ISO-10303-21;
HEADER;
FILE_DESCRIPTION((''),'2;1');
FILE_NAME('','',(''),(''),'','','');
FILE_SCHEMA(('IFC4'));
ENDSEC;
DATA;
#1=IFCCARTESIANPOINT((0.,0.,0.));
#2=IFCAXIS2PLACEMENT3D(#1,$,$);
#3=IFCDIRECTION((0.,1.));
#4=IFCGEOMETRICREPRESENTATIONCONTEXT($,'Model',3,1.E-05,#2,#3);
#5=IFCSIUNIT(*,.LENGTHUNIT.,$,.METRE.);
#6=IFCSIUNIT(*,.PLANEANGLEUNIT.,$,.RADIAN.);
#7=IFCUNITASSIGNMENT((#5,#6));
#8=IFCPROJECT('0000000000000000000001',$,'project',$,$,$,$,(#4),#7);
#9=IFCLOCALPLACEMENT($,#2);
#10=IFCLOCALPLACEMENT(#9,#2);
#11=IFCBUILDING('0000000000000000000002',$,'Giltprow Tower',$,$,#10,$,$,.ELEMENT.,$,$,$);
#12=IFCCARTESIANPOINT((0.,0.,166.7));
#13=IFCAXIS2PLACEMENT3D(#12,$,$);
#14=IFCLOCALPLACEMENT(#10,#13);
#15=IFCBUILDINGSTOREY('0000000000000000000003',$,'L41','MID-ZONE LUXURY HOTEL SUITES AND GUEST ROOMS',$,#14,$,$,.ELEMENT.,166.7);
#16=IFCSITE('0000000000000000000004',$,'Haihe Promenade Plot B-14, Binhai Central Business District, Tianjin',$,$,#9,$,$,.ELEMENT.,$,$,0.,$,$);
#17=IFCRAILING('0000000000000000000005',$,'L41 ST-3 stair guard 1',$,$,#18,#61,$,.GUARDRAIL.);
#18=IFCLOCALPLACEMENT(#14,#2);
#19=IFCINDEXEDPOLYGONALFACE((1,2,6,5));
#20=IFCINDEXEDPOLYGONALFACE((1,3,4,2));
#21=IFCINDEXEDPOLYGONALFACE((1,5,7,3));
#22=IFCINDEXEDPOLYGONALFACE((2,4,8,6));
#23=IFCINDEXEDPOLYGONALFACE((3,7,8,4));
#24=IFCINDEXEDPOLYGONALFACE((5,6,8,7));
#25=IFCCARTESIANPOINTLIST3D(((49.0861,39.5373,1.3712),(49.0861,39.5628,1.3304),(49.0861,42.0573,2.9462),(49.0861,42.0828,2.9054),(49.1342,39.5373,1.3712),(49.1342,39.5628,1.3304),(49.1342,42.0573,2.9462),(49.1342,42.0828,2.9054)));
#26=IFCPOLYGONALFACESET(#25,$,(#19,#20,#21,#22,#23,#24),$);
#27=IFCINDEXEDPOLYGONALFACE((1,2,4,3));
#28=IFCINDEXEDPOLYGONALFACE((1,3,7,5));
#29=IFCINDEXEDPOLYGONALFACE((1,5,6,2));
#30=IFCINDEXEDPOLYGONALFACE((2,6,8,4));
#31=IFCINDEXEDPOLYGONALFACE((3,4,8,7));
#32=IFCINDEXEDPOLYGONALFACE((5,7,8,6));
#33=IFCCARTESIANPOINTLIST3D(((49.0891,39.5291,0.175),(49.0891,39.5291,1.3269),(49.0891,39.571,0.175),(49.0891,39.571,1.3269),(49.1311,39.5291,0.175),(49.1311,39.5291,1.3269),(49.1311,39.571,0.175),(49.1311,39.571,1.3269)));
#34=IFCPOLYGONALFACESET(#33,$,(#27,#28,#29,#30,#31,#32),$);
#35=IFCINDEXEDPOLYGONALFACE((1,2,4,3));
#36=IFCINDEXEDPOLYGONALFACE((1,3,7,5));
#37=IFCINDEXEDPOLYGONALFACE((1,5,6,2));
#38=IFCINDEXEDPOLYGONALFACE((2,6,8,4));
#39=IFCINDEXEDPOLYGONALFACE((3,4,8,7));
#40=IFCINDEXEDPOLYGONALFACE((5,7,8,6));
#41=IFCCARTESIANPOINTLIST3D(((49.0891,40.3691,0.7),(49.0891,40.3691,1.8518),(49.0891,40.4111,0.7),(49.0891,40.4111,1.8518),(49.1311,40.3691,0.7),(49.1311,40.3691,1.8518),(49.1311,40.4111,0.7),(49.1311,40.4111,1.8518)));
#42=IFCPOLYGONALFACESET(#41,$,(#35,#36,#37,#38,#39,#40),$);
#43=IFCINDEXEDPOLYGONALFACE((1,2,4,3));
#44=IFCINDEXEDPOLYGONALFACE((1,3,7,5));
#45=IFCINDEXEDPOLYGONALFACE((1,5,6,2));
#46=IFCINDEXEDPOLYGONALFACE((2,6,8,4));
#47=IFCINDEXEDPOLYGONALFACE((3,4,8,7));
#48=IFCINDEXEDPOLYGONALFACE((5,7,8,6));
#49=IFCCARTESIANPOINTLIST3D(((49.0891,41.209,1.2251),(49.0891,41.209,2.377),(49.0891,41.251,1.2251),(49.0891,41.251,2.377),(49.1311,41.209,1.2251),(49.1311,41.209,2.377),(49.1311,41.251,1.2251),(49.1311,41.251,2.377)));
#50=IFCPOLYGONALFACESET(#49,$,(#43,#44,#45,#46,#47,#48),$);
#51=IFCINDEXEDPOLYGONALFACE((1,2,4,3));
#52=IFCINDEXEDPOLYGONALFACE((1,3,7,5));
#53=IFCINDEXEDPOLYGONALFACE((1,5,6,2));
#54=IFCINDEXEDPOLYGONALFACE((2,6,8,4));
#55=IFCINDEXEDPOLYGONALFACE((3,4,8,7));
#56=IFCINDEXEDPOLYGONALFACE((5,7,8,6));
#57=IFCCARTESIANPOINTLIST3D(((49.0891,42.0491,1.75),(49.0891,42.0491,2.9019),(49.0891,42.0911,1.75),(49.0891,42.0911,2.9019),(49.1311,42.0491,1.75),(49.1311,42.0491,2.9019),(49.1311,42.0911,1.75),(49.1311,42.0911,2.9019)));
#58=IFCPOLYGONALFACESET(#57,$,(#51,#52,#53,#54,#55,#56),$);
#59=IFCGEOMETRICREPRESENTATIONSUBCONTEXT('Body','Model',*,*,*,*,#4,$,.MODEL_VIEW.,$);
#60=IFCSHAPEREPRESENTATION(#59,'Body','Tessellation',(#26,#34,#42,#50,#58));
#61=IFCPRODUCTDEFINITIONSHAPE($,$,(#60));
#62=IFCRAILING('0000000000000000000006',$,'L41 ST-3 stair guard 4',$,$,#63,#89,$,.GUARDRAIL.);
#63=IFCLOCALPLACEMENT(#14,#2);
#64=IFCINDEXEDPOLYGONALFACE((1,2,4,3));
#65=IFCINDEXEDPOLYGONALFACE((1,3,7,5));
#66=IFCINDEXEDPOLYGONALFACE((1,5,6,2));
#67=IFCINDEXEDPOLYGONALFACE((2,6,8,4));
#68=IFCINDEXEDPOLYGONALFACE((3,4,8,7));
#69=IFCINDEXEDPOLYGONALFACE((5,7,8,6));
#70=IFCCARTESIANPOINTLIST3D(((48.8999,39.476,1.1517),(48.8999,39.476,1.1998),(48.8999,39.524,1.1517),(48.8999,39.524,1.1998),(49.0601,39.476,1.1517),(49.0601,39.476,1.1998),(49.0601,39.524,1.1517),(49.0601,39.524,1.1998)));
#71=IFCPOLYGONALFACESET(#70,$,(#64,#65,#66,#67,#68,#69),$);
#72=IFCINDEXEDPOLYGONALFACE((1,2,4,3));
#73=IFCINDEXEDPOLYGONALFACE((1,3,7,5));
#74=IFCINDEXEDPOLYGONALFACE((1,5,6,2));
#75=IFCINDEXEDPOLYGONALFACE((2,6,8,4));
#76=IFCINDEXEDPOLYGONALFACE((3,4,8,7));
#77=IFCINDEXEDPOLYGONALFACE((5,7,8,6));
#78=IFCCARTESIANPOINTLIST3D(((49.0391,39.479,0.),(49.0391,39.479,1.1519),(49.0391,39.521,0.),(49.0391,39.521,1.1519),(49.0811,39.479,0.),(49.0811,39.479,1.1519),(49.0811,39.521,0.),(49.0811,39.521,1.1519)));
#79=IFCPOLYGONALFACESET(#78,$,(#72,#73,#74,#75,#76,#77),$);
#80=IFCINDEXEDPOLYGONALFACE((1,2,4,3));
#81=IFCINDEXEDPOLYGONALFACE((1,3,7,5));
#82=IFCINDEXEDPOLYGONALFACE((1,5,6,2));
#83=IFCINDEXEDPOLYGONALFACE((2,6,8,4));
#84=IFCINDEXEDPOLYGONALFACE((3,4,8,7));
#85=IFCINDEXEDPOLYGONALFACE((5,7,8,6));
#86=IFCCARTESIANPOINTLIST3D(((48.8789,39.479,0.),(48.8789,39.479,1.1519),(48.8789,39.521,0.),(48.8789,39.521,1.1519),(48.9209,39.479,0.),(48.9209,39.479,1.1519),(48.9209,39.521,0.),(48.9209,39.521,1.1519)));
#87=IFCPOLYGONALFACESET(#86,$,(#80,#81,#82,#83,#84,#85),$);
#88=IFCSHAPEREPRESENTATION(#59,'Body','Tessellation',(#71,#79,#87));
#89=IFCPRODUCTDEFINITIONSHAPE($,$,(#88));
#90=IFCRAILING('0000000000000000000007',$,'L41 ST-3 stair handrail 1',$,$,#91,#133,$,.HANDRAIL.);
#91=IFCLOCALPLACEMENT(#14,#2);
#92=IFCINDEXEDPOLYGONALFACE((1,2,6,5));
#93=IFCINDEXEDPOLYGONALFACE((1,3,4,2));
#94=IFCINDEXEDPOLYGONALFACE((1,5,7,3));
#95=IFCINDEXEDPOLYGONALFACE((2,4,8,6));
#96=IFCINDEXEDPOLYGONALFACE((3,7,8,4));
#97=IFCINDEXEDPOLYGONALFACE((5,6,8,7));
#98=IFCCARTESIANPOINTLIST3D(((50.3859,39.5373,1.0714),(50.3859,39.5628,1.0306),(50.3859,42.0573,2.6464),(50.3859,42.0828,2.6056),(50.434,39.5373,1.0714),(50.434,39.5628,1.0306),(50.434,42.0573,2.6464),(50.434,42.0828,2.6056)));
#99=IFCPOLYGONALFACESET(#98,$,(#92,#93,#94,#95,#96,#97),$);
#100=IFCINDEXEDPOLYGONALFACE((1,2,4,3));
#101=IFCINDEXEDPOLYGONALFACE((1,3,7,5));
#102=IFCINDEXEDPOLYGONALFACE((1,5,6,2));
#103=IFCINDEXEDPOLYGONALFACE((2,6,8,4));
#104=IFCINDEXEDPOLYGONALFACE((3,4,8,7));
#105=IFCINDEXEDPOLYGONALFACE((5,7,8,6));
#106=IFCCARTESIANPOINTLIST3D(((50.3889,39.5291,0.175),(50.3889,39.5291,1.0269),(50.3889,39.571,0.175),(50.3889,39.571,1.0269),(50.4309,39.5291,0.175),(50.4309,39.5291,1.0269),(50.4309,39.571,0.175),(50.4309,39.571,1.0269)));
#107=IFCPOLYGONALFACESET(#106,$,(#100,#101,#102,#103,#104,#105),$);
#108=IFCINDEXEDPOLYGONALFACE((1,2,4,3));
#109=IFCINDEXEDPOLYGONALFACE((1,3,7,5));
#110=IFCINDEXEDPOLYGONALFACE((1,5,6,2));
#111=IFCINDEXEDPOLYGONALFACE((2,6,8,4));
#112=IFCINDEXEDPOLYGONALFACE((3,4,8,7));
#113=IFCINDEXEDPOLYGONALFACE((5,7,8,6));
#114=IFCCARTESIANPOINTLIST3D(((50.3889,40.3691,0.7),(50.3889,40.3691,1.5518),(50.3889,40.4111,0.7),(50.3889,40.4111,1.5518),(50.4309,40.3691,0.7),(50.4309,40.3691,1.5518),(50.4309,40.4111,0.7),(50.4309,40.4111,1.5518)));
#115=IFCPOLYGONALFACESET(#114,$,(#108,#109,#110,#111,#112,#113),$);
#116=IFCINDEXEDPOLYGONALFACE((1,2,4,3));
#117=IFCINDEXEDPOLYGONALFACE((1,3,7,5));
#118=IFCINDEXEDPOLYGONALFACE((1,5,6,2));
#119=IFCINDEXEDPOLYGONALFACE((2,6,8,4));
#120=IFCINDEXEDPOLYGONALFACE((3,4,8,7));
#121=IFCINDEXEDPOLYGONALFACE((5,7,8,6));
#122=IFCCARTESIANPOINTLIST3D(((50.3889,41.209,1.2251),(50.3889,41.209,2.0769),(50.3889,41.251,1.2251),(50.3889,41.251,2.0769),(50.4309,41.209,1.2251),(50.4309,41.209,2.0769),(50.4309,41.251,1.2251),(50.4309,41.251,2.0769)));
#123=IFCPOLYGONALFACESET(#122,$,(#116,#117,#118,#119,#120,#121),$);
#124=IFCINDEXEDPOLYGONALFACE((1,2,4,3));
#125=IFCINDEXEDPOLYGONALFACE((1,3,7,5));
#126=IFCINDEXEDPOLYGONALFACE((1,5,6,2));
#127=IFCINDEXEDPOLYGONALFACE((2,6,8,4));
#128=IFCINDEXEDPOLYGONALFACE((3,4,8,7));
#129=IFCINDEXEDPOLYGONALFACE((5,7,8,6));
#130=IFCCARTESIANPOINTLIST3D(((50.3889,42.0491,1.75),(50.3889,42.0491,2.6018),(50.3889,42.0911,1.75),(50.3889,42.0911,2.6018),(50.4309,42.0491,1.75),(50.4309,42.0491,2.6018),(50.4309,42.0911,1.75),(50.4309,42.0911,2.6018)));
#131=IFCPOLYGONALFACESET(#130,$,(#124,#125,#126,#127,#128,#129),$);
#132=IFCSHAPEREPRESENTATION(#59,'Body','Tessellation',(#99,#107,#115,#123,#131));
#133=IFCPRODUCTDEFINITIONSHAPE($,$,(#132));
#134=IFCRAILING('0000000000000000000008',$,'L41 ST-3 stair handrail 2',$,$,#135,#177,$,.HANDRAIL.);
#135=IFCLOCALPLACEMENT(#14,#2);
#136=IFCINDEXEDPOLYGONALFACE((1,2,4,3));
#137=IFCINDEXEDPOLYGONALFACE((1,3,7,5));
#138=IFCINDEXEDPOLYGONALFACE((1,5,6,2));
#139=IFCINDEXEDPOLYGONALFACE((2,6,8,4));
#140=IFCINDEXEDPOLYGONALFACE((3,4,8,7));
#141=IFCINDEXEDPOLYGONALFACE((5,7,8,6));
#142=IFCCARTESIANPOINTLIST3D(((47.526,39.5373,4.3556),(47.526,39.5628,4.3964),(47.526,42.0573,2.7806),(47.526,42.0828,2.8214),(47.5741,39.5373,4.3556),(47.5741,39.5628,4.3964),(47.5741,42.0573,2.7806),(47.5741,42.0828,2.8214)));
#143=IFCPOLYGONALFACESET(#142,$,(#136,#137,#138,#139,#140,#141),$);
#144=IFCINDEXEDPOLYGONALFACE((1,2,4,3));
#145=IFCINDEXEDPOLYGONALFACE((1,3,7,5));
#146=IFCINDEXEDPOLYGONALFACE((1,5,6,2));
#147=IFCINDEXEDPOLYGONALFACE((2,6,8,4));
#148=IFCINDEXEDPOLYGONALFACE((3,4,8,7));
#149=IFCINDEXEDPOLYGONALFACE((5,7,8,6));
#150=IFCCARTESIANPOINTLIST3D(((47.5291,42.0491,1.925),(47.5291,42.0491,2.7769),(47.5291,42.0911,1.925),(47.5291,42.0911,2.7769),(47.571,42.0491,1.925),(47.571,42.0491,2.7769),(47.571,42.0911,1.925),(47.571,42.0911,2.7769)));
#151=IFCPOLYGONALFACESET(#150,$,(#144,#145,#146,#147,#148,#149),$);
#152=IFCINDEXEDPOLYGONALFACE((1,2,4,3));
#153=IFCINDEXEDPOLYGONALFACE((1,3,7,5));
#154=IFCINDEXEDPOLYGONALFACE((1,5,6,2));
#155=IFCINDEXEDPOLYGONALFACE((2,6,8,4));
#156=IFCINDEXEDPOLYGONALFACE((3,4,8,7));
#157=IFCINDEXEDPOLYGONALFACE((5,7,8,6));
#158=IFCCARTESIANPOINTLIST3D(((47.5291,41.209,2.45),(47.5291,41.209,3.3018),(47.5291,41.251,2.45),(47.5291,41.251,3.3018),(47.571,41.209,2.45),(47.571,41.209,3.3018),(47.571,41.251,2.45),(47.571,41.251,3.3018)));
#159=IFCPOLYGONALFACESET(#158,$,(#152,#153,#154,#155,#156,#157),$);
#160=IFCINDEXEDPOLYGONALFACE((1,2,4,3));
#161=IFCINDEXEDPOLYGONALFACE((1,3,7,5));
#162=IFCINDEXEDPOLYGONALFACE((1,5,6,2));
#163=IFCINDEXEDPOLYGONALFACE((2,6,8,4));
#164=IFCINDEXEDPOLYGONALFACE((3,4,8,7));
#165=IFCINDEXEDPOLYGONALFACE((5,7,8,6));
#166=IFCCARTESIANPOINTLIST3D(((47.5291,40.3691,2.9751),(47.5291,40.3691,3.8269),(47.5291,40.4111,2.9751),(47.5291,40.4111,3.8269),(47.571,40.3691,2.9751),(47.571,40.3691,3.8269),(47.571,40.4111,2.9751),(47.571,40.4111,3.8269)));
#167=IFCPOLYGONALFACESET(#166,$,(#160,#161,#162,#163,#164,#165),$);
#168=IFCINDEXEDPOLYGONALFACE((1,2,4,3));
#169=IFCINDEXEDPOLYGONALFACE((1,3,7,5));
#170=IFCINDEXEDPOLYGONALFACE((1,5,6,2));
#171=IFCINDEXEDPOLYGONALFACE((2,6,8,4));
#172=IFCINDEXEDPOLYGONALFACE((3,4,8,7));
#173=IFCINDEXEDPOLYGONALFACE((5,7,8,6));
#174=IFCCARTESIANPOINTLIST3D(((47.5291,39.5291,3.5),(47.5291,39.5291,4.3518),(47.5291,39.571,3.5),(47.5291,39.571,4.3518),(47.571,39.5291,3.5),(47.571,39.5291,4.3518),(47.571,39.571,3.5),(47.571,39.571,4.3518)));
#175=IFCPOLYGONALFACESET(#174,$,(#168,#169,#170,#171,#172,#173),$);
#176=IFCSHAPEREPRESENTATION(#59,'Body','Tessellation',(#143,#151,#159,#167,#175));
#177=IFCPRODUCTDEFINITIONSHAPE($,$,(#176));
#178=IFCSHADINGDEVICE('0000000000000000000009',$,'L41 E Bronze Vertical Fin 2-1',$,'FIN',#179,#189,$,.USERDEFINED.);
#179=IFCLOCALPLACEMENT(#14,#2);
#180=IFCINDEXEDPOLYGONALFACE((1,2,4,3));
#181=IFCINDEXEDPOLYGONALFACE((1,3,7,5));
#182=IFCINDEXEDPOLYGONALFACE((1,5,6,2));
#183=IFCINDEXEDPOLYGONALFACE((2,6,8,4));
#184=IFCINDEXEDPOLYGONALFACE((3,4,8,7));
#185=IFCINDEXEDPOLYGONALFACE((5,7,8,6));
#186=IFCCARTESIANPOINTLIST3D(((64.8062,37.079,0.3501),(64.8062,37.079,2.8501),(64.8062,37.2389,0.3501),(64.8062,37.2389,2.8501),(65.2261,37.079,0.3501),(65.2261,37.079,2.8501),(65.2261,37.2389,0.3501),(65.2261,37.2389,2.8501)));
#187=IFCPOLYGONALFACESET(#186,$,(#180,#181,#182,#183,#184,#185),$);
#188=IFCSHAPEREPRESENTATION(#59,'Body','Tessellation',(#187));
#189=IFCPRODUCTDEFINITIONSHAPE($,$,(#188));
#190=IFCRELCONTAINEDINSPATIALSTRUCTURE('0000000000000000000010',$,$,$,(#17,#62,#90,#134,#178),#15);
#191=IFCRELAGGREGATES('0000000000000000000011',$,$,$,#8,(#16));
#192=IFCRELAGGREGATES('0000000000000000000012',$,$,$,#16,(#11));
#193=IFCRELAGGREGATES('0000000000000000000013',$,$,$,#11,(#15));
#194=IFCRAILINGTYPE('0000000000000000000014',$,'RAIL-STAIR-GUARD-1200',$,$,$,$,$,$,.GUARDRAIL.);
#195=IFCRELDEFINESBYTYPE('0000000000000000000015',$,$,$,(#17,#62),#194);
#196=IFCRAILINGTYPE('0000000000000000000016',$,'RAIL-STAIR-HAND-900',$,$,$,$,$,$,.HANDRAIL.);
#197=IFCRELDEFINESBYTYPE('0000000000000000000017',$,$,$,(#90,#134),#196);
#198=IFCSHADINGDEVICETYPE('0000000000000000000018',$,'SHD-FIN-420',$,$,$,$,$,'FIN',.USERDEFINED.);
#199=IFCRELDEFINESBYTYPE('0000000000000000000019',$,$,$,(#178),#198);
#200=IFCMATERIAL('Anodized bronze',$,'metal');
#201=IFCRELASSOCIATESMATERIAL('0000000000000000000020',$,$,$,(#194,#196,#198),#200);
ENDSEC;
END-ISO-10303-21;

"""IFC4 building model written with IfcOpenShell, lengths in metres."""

from ifc_helpers import new_model, si_unit, direction, frame, origin, origin_2d, place, context, subcontext, project, spatial, rectangle, extrude, source, transform, mapped, material, type_object, element, save


model = new_model("IFC4")

# Units and contexts
model_context = context("Model", 3, precision=1e-05, world=origin(), true_north=direction((0.0, 1.0)))
body_context = subcontext(model_context, "Body", "Model", "MODEL_VIEW")
ifc_project = project(units=[si_unit("LENGTHUNIT", "METRE"), si_unit("PLANEANGLEUNIT", "RADIAN")], contexts=[model_context])

# Site, building, storey
site_placement = place(None, origin())
site = spatial("IfcSite", under=ifc_project, at=site_placement, Name="Haihe Promenade Plot B-14, Binhai Central Business District, Tianjin", CompositionType="ELEMENT", RefElevation=0.0)
building_placement = place(site_placement, origin())
building = spatial("IfcBuilding", under=site, at=building_placement, Name="Giltprow Tower", CompositionType="ELEMENT")
storey_placement = place(building_placement, frame((0.0, 0.0, 166.7)))
storey = spatial("IfcBuildingStorey", under=building, at=storey_placement, Name="L41", Description="MID-ZONE LUXURY HOTEL SUITES AND GUEST ROOMS", CompositionType="ELEMENT", Elevation=166.7)

# Railings
ifc_material_1 = material(Name="Anodized bronze", Category="metal")
railing_type_1 = type_object("IfcRailingType", Name="RAIL-STAIR-GUARD-1200", PredefinedType="GUARDRAIL", material=ifc_material_1)
railing_1_placement = place(storey_placement, frame((49.1101, 39.55, 0.175)))
element("IfcRailing", 1, at=railing_1_placement, inside=storey, type_object=railing_type_1, Name="L41 ST-3 stair guard 1", PredefinedType="GUARDRAIL", context=body_context, shape_type="SweptSolid", body=[
    extrude(rectangle(XDim=0.0481, YDim=0.0481, at=origin_2d()), frame((0.0, 0.0, 1.1758), z_axis=(0.0, 0.848008, 0.529984), x_axis=(-1.0, 0.0, 0.0)), (0.0, 0.0, 1.0), 2.9717),
    extrude(rectangle(XDim=0.042, YDim=0.042, at=origin_2d()), origin(), (0.0, 0.0, 1.0), 1.1519),
    extrude(rectangle(XDim=0.042, YDim=0.042, at=origin_2d()), frame((0.0, 0.8401, 0.5249)), (0.0, 0.0, 1.0), 1.1519),
    extrude(rectangle(XDim=0.042, YDim=0.042, at=origin_2d()), frame((0.0, 1.6799, 1.05)), (0.0, 0.0, 1.0), 1.1519),
    extrude(rectangle(XDim=0.042, YDim=0.042, at=origin_2d()), frame((0.0, 2.52, 1.575)), (0.0, 0.0, 1.0), 1.1519),
])
railing_2_placement = place(storey_placement, frame((49.0601, 39.5, 0.0)))
element("IfcRailing", 2, at=railing_2_placement, inside=storey, type_object=railing_type_1, Name="L41 ST-3 stair guard 4", PredefinedType="GUARDRAIL", context=body_context, shape_type="SweptSolid", body=[
    extrude(rectangle(XDim=0.0481, YDim=0.0481, at=origin_2d()), frame((0.0, 0.0, 1.1758), z_axis=(-1.0, 0.0, 0.0), x_axis=(0.0, -1.0, 0.0)), (0.0, 0.0, 1.0), 0.1602),
    extrude(rectangle(XDim=0.042, YDim=0.042, at=origin_2d()), origin(), (0.0, 0.0, 1.0), 1.1519),
    extrude(rectangle(XDim=0.042, YDim=0.042, at=origin_2d()), frame((-0.1602, 0.0, 0.0)), (0.0, 0.0, 1.0), 1.1519),
])
railing_type_2 = type_object("IfcRailingType", Name="RAIL-STAIR-HAND-900", PredefinedType="HANDRAIL", material=ifc_material_1)
railing_3_placement = place(storey_placement, frame((50.4099, 39.55, 0.175)))
element("IfcRailing", 3, at=railing_3_placement, inside=storey, type_object=railing_type_2, Name="L41 ST-3 stair handrail 1", PredefinedType="HANDRAIL", context=body_context, shape_type="SweptSolid", body=[
    extrude(rectangle(XDim=0.0481, YDim=0.0481, at=origin_2d()), frame((0.0, 0.0, 0.876), z_axis=(0.0, 0.848008, 0.529984), x_axis=(-1.0, 0.0, 0.0)), (0.0, 0.0, 1.0), 2.9717),
    extrude(rectangle(XDim=0.042, YDim=0.042, at=origin_2d()), origin(), (0.0, 0.0, 1.0), 0.8518),
    extrude(rectangle(XDim=0.042, YDim=0.042, at=origin_2d()), frame((0.0, 0.8401, 0.5249)), (0.0, 0.0, 1.0), 0.8518),
    extrude(rectangle(XDim=0.042, YDim=0.042, at=origin_2d()), frame((0.0, 1.6799, 1.05)), (0.0, 0.0, 1.0), 0.8518),
    extrude(rectangle(XDim=0.042, YDim=0.042, at=origin_2d()), frame((0.0, 2.52, 1.575)), (0.0, 0.0, 1.0), 0.8518),
])
railing_4_placement = place(storey_placement, frame((47.55, 42.0701, 1.925)))
element("IfcRailing", 4, at=railing_4_placement, inside=storey, type_object=railing_type_2, Name="L41 ST-3 stair handrail 2", PredefinedType="HANDRAIL", context=body_context, shape_type="SweptSolid", body=[
    extrude(rectangle(XDim=0.0481, YDim=0.0481, at=origin_2d()), frame((0.0, 0.0, 0.876), z_axis=(0.0, -0.848008, 0.529984), x_axis=(1.0, 0.0, 0.0)), (0.0, 0.0, 1.0), 2.9717),
    extrude(rectangle(XDim=0.042, YDim=0.042, at=origin_2d()), origin(), (0.0, 0.0, 1.0), 0.8518),
    extrude(rectangle(XDim=0.042, YDim=0.042, at=origin_2d()), frame((0.0, -0.8401, 0.5249)), (0.0, 0.0, 1.0), 0.8518),
    extrude(rectangle(XDim=0.042, YDim=0.042, at=origin_2d()), frame((0.0, -1.6799, 1.05)), (0.0, 0.0, 1.0), 0.8518),
    extrude(rectangle(XDim=0.042, YDim=0.042, at=origin_2d()), frame((0.0, -2.52, 1.575)), (0.0, 0.0, 1.0), 0.8518),
])

# Shading device
shading_device_type = type_object("IfcShadingDeviceType", Name="SHD-FIN-420", ElementType="FIN", PredefinedType="USERDEFINED", material=ifc_material_1)
shared_shape_1 = source(origin(), body_context, "Body", "SweptSolid", [
    extrude(rectangle(XDim=0.4199, YDim=0.1599, at=origin_2d()), origin(), (0.0, 0.0, 1.0), 2.5),
])
shading_device_placement = place(storey_placement, frame((65.0161, 37.1589, 0.3501), z_axis=(0.0, 0.0, 1.0), x_axis=(1.0, 0.0, 0.0)))
element("IfcShadingDevice", 5, at=shading_device_placement, inside=storey, type_object=shading_device_type, Name="L41 E Bronze Vertical Fin 2-1", ObjectType="FIN", PredefinedType="USERDEFINED", context=body_context, shape_type="MappedRepresentation", body=[
    mapped(shared_shape_1, transform((0.0, 0.0, 0.0), x_axis=(1.0, 0.0, 0.0), y_axis=(0.0, 1.0, 0.0), z_axis=(0.0, 0.0, 1.0), scale=1.0)),
])

save(model, "model.ifc")
